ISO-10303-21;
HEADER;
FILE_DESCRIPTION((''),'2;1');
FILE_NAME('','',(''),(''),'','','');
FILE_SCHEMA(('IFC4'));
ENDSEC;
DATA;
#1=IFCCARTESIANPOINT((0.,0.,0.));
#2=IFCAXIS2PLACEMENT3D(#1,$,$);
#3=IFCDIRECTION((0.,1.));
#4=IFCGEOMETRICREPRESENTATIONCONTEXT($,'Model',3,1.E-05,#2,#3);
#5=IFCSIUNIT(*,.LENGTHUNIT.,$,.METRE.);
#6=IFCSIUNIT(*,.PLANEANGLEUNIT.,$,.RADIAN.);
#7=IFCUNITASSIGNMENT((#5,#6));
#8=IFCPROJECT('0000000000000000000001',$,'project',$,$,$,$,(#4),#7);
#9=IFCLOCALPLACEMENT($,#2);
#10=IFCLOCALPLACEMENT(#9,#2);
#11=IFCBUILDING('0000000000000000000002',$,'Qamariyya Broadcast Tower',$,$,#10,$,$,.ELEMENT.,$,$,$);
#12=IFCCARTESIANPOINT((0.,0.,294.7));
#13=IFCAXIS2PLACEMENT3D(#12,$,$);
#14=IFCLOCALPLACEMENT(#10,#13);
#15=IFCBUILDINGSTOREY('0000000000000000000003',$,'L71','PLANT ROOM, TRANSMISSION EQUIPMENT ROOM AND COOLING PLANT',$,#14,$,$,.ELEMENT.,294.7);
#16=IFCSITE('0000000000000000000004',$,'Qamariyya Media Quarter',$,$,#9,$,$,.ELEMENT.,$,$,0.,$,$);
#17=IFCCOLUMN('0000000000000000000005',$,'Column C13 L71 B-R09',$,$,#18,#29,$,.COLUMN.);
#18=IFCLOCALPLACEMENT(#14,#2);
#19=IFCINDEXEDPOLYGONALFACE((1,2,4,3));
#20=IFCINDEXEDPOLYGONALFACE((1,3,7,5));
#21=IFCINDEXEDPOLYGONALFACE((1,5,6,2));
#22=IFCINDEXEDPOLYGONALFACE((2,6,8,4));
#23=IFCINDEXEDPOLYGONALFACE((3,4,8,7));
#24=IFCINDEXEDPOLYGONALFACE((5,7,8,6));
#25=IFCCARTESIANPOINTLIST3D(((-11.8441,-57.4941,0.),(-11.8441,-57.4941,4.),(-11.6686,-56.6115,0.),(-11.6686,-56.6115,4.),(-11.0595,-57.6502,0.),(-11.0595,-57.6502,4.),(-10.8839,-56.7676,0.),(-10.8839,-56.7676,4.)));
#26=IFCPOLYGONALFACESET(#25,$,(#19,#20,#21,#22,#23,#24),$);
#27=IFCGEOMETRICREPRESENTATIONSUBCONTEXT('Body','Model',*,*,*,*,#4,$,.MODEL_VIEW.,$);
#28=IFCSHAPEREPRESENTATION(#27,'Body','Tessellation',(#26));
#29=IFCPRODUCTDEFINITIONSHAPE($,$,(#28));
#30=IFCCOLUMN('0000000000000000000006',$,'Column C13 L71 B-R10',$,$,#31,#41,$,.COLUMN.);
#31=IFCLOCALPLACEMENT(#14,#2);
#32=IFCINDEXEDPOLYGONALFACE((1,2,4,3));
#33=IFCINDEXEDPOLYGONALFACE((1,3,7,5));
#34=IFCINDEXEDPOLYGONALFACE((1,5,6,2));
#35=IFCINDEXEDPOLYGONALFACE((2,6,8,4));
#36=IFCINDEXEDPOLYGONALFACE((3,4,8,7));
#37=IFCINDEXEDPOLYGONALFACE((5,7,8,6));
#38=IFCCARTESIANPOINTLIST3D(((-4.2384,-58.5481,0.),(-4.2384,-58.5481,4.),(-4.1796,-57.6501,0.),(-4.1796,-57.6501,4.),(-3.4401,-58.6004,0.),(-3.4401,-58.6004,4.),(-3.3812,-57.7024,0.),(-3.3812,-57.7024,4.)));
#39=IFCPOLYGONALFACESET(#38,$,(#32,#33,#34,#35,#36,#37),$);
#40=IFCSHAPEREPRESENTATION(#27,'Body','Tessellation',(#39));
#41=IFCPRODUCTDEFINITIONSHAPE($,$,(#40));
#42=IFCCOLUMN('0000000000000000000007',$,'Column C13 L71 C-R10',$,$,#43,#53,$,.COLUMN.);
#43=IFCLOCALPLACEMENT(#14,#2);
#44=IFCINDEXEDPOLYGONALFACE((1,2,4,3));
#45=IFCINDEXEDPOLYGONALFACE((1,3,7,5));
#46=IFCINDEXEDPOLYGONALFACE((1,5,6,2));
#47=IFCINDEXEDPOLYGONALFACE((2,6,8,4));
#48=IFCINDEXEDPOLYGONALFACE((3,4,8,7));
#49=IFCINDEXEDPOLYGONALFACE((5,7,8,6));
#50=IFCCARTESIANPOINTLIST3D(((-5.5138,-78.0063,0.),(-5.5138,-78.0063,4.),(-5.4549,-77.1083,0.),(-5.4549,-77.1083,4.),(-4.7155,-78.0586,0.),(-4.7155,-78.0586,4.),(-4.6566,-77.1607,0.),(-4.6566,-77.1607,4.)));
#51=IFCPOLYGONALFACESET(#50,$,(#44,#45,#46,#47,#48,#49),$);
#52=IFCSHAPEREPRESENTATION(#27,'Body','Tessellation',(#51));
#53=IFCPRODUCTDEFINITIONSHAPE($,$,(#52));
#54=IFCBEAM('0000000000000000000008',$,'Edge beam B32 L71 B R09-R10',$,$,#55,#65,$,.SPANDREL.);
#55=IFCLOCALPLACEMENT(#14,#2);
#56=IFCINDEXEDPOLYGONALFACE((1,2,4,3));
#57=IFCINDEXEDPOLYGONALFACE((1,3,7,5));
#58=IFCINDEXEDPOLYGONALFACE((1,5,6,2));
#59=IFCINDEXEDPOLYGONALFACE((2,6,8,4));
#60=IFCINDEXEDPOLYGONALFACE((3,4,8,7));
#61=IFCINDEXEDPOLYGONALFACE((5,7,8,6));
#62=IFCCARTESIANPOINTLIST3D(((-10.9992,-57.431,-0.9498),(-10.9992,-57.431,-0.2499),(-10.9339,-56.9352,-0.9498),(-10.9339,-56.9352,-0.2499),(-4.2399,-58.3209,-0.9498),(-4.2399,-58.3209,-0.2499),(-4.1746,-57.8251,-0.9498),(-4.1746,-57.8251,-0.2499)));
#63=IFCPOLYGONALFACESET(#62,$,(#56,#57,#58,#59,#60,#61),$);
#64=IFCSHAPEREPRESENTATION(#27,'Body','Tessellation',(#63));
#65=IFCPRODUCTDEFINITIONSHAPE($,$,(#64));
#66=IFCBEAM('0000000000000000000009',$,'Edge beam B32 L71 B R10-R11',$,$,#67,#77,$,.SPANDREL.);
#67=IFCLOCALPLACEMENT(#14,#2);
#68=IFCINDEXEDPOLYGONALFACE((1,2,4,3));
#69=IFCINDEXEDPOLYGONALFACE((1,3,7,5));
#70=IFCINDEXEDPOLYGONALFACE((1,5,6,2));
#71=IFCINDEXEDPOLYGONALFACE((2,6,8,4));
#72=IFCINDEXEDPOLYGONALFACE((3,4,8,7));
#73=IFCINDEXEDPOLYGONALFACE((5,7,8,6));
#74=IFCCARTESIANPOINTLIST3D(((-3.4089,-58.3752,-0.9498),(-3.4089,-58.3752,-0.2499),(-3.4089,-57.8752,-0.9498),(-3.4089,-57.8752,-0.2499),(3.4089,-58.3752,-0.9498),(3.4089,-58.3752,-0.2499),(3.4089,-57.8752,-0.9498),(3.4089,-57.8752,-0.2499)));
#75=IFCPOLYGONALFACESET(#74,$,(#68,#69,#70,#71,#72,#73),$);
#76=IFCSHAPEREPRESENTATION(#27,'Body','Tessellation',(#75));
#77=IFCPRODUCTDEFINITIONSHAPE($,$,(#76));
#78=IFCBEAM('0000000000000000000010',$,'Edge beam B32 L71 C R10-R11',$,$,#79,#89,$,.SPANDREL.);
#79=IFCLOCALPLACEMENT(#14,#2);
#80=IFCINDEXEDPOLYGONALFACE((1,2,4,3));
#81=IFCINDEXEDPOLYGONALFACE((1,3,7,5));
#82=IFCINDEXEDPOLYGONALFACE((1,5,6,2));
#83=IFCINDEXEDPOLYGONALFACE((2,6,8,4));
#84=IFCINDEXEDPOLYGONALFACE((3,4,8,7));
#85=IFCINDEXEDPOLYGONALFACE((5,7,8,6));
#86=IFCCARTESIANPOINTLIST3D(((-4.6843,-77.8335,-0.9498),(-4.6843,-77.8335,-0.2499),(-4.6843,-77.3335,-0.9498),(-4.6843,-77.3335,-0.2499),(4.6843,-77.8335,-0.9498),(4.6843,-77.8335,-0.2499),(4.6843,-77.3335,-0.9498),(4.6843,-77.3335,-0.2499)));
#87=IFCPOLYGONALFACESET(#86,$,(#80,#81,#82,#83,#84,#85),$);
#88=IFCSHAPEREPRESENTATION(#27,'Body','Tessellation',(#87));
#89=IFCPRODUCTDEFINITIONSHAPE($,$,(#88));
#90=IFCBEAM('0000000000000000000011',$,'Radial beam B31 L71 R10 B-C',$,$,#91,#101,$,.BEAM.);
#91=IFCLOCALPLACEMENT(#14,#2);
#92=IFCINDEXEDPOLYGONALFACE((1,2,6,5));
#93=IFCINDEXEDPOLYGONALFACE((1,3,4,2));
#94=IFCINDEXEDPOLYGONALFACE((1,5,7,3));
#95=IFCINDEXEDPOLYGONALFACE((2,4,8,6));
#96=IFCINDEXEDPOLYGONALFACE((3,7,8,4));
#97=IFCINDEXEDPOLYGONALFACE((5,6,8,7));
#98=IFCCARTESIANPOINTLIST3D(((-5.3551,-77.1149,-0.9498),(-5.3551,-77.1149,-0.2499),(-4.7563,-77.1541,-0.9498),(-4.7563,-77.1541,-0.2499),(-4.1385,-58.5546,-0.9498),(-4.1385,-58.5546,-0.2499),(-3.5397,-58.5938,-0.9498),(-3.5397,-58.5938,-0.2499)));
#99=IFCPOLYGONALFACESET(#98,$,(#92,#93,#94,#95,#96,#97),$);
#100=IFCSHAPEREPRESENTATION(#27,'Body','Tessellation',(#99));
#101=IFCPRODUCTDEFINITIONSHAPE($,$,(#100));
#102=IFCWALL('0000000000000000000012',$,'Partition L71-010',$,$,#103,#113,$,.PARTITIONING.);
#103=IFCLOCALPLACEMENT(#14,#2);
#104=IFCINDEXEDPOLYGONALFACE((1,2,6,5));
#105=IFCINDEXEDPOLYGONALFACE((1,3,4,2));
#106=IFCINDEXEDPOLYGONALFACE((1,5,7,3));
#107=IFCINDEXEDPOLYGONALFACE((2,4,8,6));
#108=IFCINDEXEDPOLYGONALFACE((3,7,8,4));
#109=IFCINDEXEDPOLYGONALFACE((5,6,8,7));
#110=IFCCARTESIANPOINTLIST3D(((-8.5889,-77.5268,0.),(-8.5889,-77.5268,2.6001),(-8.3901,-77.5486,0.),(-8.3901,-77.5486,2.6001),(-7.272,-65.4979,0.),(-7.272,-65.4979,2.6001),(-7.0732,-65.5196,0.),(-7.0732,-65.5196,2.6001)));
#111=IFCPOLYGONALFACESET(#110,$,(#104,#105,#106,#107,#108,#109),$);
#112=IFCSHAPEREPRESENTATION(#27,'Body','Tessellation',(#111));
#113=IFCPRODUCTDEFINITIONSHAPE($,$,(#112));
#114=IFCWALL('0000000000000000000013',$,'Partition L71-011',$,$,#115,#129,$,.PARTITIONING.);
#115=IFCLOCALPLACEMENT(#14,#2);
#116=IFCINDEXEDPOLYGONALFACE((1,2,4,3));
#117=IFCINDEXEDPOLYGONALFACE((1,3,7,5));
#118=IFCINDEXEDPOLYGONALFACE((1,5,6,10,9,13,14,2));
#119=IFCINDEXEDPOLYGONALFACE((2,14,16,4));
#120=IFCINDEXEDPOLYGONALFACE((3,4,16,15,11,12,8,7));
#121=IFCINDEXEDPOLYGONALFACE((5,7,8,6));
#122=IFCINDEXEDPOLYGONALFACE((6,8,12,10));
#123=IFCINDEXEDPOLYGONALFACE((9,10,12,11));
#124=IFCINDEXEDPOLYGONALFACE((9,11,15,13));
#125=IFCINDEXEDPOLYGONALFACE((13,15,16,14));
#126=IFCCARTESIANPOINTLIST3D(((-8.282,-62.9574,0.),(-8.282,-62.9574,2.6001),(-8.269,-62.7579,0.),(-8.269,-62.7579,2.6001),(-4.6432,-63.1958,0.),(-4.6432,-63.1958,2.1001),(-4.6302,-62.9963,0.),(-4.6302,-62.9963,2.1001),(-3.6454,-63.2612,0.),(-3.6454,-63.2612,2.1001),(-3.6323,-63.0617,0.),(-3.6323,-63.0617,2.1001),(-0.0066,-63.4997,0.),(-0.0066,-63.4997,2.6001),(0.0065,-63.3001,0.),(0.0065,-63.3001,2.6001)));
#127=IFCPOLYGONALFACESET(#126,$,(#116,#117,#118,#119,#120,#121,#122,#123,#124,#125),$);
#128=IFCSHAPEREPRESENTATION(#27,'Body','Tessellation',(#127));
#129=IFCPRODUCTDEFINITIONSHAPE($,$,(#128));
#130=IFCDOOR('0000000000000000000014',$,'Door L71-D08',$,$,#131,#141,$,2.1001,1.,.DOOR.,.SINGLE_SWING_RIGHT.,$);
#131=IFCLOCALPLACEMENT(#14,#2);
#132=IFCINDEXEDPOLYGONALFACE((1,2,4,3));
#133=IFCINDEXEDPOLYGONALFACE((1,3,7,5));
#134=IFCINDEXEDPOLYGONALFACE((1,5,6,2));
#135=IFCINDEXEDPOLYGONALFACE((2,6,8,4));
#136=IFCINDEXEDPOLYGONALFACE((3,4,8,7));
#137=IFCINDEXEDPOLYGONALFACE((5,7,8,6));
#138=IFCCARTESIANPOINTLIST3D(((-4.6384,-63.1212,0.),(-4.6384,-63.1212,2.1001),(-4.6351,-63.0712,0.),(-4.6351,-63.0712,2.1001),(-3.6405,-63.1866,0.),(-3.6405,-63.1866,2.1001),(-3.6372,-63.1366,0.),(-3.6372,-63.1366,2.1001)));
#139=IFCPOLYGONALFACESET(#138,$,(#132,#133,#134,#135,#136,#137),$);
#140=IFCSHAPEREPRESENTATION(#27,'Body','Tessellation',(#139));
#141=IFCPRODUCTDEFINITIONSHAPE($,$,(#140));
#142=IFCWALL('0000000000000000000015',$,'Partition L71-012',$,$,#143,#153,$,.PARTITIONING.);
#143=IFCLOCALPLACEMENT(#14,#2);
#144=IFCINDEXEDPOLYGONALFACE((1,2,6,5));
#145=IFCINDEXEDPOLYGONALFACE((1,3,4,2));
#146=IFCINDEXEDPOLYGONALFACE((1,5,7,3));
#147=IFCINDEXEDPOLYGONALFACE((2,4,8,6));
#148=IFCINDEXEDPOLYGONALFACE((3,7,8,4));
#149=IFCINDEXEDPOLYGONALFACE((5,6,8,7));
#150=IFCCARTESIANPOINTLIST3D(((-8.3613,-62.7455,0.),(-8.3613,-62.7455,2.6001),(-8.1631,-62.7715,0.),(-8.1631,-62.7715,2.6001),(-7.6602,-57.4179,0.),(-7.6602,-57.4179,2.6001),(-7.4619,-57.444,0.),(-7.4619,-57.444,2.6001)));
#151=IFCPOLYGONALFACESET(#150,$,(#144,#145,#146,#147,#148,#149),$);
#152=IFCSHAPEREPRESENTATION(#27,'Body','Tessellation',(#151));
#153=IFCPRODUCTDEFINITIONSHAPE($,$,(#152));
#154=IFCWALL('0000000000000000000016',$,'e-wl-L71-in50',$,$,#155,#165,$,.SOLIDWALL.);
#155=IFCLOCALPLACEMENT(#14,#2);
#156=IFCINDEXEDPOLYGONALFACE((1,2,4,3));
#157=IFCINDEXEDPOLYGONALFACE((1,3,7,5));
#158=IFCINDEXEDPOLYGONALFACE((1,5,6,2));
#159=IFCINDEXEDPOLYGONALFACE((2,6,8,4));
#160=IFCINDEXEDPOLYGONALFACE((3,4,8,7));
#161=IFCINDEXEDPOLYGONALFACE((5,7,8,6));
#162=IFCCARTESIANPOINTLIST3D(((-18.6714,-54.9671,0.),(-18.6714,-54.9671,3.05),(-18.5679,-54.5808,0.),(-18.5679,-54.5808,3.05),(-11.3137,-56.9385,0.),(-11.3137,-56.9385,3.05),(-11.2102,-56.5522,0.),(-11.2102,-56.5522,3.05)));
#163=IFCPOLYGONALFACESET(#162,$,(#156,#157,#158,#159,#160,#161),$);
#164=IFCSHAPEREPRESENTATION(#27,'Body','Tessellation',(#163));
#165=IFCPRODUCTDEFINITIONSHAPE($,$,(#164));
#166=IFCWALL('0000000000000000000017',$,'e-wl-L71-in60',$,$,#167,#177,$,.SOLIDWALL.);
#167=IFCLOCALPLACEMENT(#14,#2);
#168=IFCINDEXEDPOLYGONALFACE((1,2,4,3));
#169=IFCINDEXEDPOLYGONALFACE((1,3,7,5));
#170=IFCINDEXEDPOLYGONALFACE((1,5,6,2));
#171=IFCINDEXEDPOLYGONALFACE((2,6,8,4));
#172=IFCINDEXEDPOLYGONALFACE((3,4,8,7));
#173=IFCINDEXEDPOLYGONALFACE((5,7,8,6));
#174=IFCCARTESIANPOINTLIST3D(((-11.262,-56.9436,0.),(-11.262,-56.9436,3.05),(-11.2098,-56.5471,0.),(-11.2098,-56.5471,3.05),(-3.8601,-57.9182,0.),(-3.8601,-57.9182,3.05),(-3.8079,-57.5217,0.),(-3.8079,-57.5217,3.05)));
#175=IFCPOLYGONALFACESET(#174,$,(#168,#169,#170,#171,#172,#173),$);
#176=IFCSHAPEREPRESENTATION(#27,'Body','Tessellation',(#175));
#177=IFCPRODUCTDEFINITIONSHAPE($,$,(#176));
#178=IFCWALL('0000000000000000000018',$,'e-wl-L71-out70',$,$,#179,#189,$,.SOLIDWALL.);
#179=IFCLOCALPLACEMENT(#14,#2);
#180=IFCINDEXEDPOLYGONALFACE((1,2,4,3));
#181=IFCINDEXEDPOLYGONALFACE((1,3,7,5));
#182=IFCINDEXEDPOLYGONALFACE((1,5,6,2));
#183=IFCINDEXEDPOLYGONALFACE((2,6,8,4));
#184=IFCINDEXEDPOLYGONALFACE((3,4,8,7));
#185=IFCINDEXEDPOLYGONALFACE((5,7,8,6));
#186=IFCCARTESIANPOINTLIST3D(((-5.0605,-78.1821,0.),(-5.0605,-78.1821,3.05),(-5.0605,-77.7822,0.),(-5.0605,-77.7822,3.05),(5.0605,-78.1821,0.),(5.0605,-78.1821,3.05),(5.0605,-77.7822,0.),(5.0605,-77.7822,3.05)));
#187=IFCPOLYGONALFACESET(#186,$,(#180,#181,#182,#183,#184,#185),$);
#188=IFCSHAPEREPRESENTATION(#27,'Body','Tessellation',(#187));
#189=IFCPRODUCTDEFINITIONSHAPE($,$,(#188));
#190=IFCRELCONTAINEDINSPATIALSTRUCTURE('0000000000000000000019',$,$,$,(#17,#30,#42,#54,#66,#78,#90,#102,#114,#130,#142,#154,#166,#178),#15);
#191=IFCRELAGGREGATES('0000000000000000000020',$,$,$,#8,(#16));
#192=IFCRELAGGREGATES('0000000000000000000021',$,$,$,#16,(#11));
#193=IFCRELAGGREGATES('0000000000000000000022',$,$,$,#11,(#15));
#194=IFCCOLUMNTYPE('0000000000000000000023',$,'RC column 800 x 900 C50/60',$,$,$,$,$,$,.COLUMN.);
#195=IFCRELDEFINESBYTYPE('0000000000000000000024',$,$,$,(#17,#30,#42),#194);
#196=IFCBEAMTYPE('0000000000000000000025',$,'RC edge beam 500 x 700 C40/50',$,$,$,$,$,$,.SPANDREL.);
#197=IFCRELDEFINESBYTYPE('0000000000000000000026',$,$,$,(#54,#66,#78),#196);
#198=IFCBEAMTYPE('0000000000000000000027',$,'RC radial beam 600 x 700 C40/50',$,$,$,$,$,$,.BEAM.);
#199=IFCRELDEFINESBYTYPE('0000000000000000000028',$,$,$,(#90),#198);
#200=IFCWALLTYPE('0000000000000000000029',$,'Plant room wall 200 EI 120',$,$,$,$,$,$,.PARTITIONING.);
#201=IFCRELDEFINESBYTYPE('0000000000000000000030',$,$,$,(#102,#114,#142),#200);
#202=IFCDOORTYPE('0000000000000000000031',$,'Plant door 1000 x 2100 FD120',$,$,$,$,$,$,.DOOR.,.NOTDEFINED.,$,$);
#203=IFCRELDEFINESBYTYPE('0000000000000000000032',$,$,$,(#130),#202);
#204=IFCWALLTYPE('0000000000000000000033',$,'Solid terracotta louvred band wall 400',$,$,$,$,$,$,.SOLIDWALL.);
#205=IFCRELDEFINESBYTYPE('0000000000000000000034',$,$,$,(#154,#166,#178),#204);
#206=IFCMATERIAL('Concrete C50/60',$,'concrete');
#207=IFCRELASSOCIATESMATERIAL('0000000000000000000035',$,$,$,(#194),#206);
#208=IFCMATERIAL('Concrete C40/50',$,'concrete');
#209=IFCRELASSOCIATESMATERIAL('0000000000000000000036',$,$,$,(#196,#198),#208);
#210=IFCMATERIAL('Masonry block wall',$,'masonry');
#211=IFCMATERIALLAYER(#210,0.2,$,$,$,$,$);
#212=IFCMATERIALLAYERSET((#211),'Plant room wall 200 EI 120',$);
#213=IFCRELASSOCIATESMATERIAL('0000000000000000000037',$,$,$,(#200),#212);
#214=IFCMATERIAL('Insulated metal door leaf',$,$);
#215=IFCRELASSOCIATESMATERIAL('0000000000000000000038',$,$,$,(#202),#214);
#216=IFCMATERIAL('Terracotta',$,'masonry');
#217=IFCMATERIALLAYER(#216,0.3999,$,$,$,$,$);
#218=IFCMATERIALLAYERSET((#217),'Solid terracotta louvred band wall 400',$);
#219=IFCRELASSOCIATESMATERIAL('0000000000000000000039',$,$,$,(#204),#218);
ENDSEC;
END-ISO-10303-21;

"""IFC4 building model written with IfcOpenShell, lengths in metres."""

from ifc_helpers import new_model, si_unit, direction, frame, frame_2d, origin, origin_2d, place, context, subcontext, project, spatial, rectangle, extrude, material, layer, layer_set, material_profile, profile_set, type_object, element, fill, save


model = new_model("IFC4")

# Units and contexts
model_context = context("Model", 3, precision=1e-05, world=origin(), true_north=direction((0.0, 1.0)))
body_context = subcontext(model_context, "Body", "Model", "MODEL_VIEW")
ifc_project = project(units=[si_unit("LENGTHUNIT", "METRE"), si_unit("PLANEANGLEUNIT", "RADIAN")], contexts=[model_context])

# Site, building, storey
site_placement = place(None, origin())
site = spatial("IfcSite", under=ifc_project, at=site_placement, Name="Qamariyya Media Quarter", CompositionType="ELEMENT", RefElevation=0.0)
building_placement = place(site_placement, origin())
building = spatial("IfcBuilding", under=site, at=building_placement, Name="Qamariyya Broadcast Tower", CompositionType="ELEMENT")
storey_placement = place(building_placement, frame((0.0, 0.0, 294.7)))
storey = spatial("IfcBuildingStorey", under=building, at=storey_placement, Name="L71", Description="PLANT ROOM, TRANSMISSION EQUIPMENT ROOM AND COOLING PLANT", CompositionType="ELEMENT", Elevation=294.7)

# Columns
ifc_material_1 = material(Name="Concrete C50/60", Category="concrete")
ifc_material_profile_1 = material_profile(ifc_material_1, rectangle(XDim=0.8, YDim=0.8999, at=origin_2d()))
ifc_profile_set_1 = profile_set([ifc_material_profile_1], Name="Concrete C50/60")
column_type = type_object("IfcColumnType", Name="RC column 800 x 900 C50/60", PredefinedType="COLUMN", material=ifc_profile_set_1)
for number, where, z_axis, x_axis, name in (
    (1, (-11.364, -57.1309, 0.0), (0.0, 0.0, 1.0), (0.980785, -0.19509, 0.0), "Column C13 L71 B-R09"),
    (2, (-3.8098, -58.1252, 0.0), (0.0, 0.0, 1.0), (0.997859, -0.065403, 0.0), "Column C13 L71 B-R10"),
    (3, (-5.0852, -77.5835, 0.0), (0.0, 0.0, 1.0), (0.997859, -0.065403, 0.0), "Column C13 L71 C-R10"),
):
    element("IfcColumn", number, at=place(storey_placement, frame(where, z_axis=z_axis, x_axis=x_axis)), inside=storey, type_object=column_type, Name=name, PredefinedType="COLUMN", context=body_context, shape_type="SweptSolid", body=[
        extrude(rectangle(XDim=0.8, YDim=0.8999, at=origin_2d()), origin(), (0.0, 0.0, 1.0), 4.0),
    ])

# Beams
ifc_material_2 = material(Name="Concrete C40/50", Category="concrete")
ifc_material_profile_2 = material_profile(ifc_material_2, rectangle(XDim=0.5, YDim=0.7, at=origin_2d()))
ifc_profile_set_2 = profile_set([ifc_material_profile_2], Name="Concrete C40/50")
beam_type_1 = type_object("IfcBeamType", Name="RC edge beam 500 x 700 C40/50", PredefinedType="SPANDREL", material=ifc_profile_set_2)
beam_1_placement = place(storey_placement, frame((-10.9666, -57.1831, -0.5999), z_axis=(0.991445, -0.130529, 0.0), x_axis=(0.130529, 0.991445, 0.0)))
element("IfcBeam", 4, at=beam_1_placement, inside=storey, type_object=beam_type_1, Name="Edge beam B32 L71 B R09-R10", PredefinedType="SPANDREL", context=body_context, shape_type="SweptSolid", body=[
    extrude(rectangle(XDim=0.5, YDim=0.7, at=origin_2d()), origin(), (0.0, 0.0, 1.0), 6.8176),
])
beam_2_placement = place(storey_placement, frame((-3.4089, -58.1252, -0.5999), z_axis=(1.0, 0.0, 0.0), x_axis=(0.0, 1.0, 0.0)))
element("IfcBeam", 5, at=beam_2_placement, inside=storey, type_object=beam_type_1, Name="Edge beam B32 L71 B R10-R11", PredefinedType="SPANDREL", context=body_context, shape_type="SweptSolid", body=[
    extrude(rectangle(XDim=0.5, YDim=0.7, at=origin_2d()), origin(), (0.0, 0.0, 1.0), 6.8179),
])
beam_3_placement = place(storey_placement, frame((-4.6843, -77.5835, -0.5999), z_axis=(1.0, 0.0, 0.0), x_axis=(0.0, 1.0, 0.0)))
element("IfcBeam", 6, at=beam_3_placement, inside=storey, type_object=beam_type_1, Name="Edge beam B32 L71 C R10-R11", PredefinedType="SPANDREL", context=body_context, shape_type="SweptSolid", body=[
    extrude(rectangle(XDim=0.5, YDim=0.7, at=origin_2d()), origin(), (0.0, 0.0, 1.0), 9.3687),
])
ifc_material_profile_3 = material_profile(ifc_material_2, rectangle(XDim=0.6001, YDim=0.7, at=origin_2d()))
ifc_profile_set_3 = profile_set([ifc_material_profile_3], Name="Concrete C40/50")
beam_type_2 = type_object("IfcBeamType", Name="RC radial beam 600 x 700 C40/50", PredefinedType="BEAM", material=ifc_profile_set_3)
beam_4_placement = place(storey_placement, frame((-3.8391, -58.5742, -0.5999), z_axis=(-0.065406, -0.997859, 0.0), x_axis=(0.997859, -0.065406, 0.0)))
element("IfcBeam", 7, at=beam_4_placement, inside=storey, type_object=beam_type_2, Name="Radial beam B31 L71 R10 B-C", PredefinedType="BEAM", context=body_context, shape_type="SweptSolid", body=[
    extrude(rectangle(XDim=0.6001, YDim=0.7, at=origin_2d()), origin(), (0.0, 0.0, 1.0), 18.6001),
])

# Shared definitions
ifc_material_3 = material(Name="Masonry block wall", Category="masonry")
ifc_layer_1 = layer(ifc_material_3, 0.2)
ifc_layer_set_1 = layer_set([ifc_layer_1], Name="Plant room wall 200 EI 120")
wall_type_1 = type_object("IfcWallType", Name="Plant room wall 200 EI 120", PredefinedType="PARTITIONING", material=ifc_layer_set_1)
ifc_material_4 = material(Name="Insulated metal door leaf")

# Wall
wall_1_placement = place(storey_placement, frame((-8.4895, -77.5376, 0.0), z_axis=(0.0, 0.0, 1.0), x_axis=(0.108826, 0.994061, 0.0)))
element("IfcWall", 8, at=wall_1_placement, inside=storey, type_object=wall_type_1, Name="Partition L71-010", PredefinedType="PARTITIONING", context=body_context, shape_type="SweptSolid", body=[
    extrude(rectangle(XDim=12.1008, YDim=0.2, at=frame_2d((6.0503, 0.0))), origin(), (0.0, 0.0, 1.0), 2.6001),
])

# Wall, opening, door
wall_2_placement = place(storey_placement, frame((-8.2754, -62.8577, 0.0), z_axis=(0.0, 0.0, 1.0), x_axis=(0.99786, -0.065384, 0.0)))
wall_2 = element("IfcWall", 9, at=wall_2_placement, inside=storey, type_object=wall_type_1, Name="Partition L71-011", PredefinedType="PARTITIONING", context=body_context, shape_type="SweptSolid", body=[
    extrude(rectangle(XDim=8.2932, YDim=0.2, at=frame_2d((4.1465, 0.0))), origin(), (0.0, 0.0, 1.0), 2.6001),
])
opening_1_placement = place(wall_2_placement, frame((3.6465, 0.0, 0.0)))
opening_1 = element("IfcOpeningElement", 10, at=opening_1_placement, cuts=wall_2, PredefinedType="OPENING", context=body_context, shape_type="SweptSolid", body=[
    extrude(rectangle(XDim=1.0, YDim=2.1001, at=frame_2d((0.5, 1.05))), frame((0.0, 0.1099, 0.0), z_axis=(0.0, -1.0, 0.0), x_axis=(1.0, 0.0, 0.0)), (0.0, 0.0, 1.0), 0.22),
])
door_type_1 = type_object("IfcDoorType", Name="Plant door 1000 x 2100 FD120", OperationType="NOTDEFINED", PredefinedType="DOOR", material=ifc_material_4)
door_1_placement = place(opening_1_placement, origin())
door_1 = element("IfcDoor", 11, at=door_1_placement, inside=storey, type_object=door_type_1, Name="Door L71-D08", OperationType="SINGLE_SWING_RIGHT", OverallHeight=2.1001, OverallWidth=1.0, PredefinedType="DOOR", context=body_context, shape_type="SweptSolid", body=[
    extrude(rectangle(XDim=1.0, YDim=2.1001, at=frame_2d((0.5, 1.05))), frame((0.0, 0.0249, 0.0), z_axis=(0.0, -1.0, 0.0), x_axis=(1.0, 0.0, 0.0)), (0.0, 0.0, 1.0), 0.05),
])
fill(opening_1, door_1)

# Walls
wall_3_placement = place(storey_placement, frame((-7.561, -57.4309, 0.0), z_axis=(0.0, 0.0, 1.0), x_axis=(-0.130485, -0.99145, 0.0)))
element("IfcWall", 12, at=wall_3_placement, inside=storey, type_object=wall_type_1, Name="Partition L71-012", PredefinedType="PARTITIONING", context=body_context, shape_type="SweptSolid", body=[
    extrude(rectangle(XDim=5.3735, YDim=0.2, at=frame_2d((2.6868, 0.0))), origin(), (0.0, 0.0, 1.0), 2.6001),
])
ifc_material_5 = material(Name="Terracotta", Category="masonry")
ifc_layer_2 = layer(ifc_material_5, 0.3999)
ifc_layer_set_2 = layer_set([ifc_layer_2], Name="Solid terracotta louvred band wall 400")
wall_type_2 = type_object("IfcWallType", Name="Solid terracotta louvred band wall 400", PredefinedType="SOLIDWALL", material=ifc_layer_set_2)
wall_4_placement = place(storey_placement, frame((-11.262, -56.7454, 0.0), z_axis=(0.0, 0.0, 1.0), x_axis=(-0.965927, 0.258814, 0.0)))
element("IfcWall", 13, at=wall_4_placement, inside=storey, type_object=wall_type_2, Name="e-wl-L71-in50", PredefinedType="SOLIDWALL", context=body_context, shape_type="SweptSolid", body=[
    extrude(rectangle(XDim=7.6172, YDim=0.3999, at=frame_2d((3.8086, 0.0))), origin(), (0.0, 0.0, 1.0), 3.05),
])
wall_5_placement = place(storey_placement, frame((-3.834, -57.72, 0.0), z_axis=(0.0, 0.0, 1.0), x_axis=(-0.991442, 0.130544, 0.0)))
element("IfcWall", 14, at=wall_5_placement, inside=storey, type_object=wall_type_2, Name="e-wl-L71-in60", PredefinedType="SOLIDWALL", context=body_context, shape_type="SweptSolid", body=[
    extrude(rectangle(XDim=7.4658, YDim=0.3999, at=frame_2d((3.7329, 0.0))), origin(), (0.0, 0.0, 1.0), 3.05),
])
wall_6_placement = place(storey_placement, frame((-5.0605, -77.9822, 0.0), z_axis=(0.0, 0.0, 1.0), x_axis=(1.0, 0.0, 0.0)))
element("IfcWall", 15, at=wall_6_placement, inside=storey, type_object=wall_type_2, Name="e-wl-L71-out70", PredefinedType="SOLIDWALL", context=body_context, shape_type="SweptSolid", body=[
    extrude(rectangle(XDim=10.1211, YDim=0.3999, at=frame_2d((5.0605, 0.0))), origin(), (0.0, 0.0, 1.0), 3.05),
])

save(model, "model.ifc")
